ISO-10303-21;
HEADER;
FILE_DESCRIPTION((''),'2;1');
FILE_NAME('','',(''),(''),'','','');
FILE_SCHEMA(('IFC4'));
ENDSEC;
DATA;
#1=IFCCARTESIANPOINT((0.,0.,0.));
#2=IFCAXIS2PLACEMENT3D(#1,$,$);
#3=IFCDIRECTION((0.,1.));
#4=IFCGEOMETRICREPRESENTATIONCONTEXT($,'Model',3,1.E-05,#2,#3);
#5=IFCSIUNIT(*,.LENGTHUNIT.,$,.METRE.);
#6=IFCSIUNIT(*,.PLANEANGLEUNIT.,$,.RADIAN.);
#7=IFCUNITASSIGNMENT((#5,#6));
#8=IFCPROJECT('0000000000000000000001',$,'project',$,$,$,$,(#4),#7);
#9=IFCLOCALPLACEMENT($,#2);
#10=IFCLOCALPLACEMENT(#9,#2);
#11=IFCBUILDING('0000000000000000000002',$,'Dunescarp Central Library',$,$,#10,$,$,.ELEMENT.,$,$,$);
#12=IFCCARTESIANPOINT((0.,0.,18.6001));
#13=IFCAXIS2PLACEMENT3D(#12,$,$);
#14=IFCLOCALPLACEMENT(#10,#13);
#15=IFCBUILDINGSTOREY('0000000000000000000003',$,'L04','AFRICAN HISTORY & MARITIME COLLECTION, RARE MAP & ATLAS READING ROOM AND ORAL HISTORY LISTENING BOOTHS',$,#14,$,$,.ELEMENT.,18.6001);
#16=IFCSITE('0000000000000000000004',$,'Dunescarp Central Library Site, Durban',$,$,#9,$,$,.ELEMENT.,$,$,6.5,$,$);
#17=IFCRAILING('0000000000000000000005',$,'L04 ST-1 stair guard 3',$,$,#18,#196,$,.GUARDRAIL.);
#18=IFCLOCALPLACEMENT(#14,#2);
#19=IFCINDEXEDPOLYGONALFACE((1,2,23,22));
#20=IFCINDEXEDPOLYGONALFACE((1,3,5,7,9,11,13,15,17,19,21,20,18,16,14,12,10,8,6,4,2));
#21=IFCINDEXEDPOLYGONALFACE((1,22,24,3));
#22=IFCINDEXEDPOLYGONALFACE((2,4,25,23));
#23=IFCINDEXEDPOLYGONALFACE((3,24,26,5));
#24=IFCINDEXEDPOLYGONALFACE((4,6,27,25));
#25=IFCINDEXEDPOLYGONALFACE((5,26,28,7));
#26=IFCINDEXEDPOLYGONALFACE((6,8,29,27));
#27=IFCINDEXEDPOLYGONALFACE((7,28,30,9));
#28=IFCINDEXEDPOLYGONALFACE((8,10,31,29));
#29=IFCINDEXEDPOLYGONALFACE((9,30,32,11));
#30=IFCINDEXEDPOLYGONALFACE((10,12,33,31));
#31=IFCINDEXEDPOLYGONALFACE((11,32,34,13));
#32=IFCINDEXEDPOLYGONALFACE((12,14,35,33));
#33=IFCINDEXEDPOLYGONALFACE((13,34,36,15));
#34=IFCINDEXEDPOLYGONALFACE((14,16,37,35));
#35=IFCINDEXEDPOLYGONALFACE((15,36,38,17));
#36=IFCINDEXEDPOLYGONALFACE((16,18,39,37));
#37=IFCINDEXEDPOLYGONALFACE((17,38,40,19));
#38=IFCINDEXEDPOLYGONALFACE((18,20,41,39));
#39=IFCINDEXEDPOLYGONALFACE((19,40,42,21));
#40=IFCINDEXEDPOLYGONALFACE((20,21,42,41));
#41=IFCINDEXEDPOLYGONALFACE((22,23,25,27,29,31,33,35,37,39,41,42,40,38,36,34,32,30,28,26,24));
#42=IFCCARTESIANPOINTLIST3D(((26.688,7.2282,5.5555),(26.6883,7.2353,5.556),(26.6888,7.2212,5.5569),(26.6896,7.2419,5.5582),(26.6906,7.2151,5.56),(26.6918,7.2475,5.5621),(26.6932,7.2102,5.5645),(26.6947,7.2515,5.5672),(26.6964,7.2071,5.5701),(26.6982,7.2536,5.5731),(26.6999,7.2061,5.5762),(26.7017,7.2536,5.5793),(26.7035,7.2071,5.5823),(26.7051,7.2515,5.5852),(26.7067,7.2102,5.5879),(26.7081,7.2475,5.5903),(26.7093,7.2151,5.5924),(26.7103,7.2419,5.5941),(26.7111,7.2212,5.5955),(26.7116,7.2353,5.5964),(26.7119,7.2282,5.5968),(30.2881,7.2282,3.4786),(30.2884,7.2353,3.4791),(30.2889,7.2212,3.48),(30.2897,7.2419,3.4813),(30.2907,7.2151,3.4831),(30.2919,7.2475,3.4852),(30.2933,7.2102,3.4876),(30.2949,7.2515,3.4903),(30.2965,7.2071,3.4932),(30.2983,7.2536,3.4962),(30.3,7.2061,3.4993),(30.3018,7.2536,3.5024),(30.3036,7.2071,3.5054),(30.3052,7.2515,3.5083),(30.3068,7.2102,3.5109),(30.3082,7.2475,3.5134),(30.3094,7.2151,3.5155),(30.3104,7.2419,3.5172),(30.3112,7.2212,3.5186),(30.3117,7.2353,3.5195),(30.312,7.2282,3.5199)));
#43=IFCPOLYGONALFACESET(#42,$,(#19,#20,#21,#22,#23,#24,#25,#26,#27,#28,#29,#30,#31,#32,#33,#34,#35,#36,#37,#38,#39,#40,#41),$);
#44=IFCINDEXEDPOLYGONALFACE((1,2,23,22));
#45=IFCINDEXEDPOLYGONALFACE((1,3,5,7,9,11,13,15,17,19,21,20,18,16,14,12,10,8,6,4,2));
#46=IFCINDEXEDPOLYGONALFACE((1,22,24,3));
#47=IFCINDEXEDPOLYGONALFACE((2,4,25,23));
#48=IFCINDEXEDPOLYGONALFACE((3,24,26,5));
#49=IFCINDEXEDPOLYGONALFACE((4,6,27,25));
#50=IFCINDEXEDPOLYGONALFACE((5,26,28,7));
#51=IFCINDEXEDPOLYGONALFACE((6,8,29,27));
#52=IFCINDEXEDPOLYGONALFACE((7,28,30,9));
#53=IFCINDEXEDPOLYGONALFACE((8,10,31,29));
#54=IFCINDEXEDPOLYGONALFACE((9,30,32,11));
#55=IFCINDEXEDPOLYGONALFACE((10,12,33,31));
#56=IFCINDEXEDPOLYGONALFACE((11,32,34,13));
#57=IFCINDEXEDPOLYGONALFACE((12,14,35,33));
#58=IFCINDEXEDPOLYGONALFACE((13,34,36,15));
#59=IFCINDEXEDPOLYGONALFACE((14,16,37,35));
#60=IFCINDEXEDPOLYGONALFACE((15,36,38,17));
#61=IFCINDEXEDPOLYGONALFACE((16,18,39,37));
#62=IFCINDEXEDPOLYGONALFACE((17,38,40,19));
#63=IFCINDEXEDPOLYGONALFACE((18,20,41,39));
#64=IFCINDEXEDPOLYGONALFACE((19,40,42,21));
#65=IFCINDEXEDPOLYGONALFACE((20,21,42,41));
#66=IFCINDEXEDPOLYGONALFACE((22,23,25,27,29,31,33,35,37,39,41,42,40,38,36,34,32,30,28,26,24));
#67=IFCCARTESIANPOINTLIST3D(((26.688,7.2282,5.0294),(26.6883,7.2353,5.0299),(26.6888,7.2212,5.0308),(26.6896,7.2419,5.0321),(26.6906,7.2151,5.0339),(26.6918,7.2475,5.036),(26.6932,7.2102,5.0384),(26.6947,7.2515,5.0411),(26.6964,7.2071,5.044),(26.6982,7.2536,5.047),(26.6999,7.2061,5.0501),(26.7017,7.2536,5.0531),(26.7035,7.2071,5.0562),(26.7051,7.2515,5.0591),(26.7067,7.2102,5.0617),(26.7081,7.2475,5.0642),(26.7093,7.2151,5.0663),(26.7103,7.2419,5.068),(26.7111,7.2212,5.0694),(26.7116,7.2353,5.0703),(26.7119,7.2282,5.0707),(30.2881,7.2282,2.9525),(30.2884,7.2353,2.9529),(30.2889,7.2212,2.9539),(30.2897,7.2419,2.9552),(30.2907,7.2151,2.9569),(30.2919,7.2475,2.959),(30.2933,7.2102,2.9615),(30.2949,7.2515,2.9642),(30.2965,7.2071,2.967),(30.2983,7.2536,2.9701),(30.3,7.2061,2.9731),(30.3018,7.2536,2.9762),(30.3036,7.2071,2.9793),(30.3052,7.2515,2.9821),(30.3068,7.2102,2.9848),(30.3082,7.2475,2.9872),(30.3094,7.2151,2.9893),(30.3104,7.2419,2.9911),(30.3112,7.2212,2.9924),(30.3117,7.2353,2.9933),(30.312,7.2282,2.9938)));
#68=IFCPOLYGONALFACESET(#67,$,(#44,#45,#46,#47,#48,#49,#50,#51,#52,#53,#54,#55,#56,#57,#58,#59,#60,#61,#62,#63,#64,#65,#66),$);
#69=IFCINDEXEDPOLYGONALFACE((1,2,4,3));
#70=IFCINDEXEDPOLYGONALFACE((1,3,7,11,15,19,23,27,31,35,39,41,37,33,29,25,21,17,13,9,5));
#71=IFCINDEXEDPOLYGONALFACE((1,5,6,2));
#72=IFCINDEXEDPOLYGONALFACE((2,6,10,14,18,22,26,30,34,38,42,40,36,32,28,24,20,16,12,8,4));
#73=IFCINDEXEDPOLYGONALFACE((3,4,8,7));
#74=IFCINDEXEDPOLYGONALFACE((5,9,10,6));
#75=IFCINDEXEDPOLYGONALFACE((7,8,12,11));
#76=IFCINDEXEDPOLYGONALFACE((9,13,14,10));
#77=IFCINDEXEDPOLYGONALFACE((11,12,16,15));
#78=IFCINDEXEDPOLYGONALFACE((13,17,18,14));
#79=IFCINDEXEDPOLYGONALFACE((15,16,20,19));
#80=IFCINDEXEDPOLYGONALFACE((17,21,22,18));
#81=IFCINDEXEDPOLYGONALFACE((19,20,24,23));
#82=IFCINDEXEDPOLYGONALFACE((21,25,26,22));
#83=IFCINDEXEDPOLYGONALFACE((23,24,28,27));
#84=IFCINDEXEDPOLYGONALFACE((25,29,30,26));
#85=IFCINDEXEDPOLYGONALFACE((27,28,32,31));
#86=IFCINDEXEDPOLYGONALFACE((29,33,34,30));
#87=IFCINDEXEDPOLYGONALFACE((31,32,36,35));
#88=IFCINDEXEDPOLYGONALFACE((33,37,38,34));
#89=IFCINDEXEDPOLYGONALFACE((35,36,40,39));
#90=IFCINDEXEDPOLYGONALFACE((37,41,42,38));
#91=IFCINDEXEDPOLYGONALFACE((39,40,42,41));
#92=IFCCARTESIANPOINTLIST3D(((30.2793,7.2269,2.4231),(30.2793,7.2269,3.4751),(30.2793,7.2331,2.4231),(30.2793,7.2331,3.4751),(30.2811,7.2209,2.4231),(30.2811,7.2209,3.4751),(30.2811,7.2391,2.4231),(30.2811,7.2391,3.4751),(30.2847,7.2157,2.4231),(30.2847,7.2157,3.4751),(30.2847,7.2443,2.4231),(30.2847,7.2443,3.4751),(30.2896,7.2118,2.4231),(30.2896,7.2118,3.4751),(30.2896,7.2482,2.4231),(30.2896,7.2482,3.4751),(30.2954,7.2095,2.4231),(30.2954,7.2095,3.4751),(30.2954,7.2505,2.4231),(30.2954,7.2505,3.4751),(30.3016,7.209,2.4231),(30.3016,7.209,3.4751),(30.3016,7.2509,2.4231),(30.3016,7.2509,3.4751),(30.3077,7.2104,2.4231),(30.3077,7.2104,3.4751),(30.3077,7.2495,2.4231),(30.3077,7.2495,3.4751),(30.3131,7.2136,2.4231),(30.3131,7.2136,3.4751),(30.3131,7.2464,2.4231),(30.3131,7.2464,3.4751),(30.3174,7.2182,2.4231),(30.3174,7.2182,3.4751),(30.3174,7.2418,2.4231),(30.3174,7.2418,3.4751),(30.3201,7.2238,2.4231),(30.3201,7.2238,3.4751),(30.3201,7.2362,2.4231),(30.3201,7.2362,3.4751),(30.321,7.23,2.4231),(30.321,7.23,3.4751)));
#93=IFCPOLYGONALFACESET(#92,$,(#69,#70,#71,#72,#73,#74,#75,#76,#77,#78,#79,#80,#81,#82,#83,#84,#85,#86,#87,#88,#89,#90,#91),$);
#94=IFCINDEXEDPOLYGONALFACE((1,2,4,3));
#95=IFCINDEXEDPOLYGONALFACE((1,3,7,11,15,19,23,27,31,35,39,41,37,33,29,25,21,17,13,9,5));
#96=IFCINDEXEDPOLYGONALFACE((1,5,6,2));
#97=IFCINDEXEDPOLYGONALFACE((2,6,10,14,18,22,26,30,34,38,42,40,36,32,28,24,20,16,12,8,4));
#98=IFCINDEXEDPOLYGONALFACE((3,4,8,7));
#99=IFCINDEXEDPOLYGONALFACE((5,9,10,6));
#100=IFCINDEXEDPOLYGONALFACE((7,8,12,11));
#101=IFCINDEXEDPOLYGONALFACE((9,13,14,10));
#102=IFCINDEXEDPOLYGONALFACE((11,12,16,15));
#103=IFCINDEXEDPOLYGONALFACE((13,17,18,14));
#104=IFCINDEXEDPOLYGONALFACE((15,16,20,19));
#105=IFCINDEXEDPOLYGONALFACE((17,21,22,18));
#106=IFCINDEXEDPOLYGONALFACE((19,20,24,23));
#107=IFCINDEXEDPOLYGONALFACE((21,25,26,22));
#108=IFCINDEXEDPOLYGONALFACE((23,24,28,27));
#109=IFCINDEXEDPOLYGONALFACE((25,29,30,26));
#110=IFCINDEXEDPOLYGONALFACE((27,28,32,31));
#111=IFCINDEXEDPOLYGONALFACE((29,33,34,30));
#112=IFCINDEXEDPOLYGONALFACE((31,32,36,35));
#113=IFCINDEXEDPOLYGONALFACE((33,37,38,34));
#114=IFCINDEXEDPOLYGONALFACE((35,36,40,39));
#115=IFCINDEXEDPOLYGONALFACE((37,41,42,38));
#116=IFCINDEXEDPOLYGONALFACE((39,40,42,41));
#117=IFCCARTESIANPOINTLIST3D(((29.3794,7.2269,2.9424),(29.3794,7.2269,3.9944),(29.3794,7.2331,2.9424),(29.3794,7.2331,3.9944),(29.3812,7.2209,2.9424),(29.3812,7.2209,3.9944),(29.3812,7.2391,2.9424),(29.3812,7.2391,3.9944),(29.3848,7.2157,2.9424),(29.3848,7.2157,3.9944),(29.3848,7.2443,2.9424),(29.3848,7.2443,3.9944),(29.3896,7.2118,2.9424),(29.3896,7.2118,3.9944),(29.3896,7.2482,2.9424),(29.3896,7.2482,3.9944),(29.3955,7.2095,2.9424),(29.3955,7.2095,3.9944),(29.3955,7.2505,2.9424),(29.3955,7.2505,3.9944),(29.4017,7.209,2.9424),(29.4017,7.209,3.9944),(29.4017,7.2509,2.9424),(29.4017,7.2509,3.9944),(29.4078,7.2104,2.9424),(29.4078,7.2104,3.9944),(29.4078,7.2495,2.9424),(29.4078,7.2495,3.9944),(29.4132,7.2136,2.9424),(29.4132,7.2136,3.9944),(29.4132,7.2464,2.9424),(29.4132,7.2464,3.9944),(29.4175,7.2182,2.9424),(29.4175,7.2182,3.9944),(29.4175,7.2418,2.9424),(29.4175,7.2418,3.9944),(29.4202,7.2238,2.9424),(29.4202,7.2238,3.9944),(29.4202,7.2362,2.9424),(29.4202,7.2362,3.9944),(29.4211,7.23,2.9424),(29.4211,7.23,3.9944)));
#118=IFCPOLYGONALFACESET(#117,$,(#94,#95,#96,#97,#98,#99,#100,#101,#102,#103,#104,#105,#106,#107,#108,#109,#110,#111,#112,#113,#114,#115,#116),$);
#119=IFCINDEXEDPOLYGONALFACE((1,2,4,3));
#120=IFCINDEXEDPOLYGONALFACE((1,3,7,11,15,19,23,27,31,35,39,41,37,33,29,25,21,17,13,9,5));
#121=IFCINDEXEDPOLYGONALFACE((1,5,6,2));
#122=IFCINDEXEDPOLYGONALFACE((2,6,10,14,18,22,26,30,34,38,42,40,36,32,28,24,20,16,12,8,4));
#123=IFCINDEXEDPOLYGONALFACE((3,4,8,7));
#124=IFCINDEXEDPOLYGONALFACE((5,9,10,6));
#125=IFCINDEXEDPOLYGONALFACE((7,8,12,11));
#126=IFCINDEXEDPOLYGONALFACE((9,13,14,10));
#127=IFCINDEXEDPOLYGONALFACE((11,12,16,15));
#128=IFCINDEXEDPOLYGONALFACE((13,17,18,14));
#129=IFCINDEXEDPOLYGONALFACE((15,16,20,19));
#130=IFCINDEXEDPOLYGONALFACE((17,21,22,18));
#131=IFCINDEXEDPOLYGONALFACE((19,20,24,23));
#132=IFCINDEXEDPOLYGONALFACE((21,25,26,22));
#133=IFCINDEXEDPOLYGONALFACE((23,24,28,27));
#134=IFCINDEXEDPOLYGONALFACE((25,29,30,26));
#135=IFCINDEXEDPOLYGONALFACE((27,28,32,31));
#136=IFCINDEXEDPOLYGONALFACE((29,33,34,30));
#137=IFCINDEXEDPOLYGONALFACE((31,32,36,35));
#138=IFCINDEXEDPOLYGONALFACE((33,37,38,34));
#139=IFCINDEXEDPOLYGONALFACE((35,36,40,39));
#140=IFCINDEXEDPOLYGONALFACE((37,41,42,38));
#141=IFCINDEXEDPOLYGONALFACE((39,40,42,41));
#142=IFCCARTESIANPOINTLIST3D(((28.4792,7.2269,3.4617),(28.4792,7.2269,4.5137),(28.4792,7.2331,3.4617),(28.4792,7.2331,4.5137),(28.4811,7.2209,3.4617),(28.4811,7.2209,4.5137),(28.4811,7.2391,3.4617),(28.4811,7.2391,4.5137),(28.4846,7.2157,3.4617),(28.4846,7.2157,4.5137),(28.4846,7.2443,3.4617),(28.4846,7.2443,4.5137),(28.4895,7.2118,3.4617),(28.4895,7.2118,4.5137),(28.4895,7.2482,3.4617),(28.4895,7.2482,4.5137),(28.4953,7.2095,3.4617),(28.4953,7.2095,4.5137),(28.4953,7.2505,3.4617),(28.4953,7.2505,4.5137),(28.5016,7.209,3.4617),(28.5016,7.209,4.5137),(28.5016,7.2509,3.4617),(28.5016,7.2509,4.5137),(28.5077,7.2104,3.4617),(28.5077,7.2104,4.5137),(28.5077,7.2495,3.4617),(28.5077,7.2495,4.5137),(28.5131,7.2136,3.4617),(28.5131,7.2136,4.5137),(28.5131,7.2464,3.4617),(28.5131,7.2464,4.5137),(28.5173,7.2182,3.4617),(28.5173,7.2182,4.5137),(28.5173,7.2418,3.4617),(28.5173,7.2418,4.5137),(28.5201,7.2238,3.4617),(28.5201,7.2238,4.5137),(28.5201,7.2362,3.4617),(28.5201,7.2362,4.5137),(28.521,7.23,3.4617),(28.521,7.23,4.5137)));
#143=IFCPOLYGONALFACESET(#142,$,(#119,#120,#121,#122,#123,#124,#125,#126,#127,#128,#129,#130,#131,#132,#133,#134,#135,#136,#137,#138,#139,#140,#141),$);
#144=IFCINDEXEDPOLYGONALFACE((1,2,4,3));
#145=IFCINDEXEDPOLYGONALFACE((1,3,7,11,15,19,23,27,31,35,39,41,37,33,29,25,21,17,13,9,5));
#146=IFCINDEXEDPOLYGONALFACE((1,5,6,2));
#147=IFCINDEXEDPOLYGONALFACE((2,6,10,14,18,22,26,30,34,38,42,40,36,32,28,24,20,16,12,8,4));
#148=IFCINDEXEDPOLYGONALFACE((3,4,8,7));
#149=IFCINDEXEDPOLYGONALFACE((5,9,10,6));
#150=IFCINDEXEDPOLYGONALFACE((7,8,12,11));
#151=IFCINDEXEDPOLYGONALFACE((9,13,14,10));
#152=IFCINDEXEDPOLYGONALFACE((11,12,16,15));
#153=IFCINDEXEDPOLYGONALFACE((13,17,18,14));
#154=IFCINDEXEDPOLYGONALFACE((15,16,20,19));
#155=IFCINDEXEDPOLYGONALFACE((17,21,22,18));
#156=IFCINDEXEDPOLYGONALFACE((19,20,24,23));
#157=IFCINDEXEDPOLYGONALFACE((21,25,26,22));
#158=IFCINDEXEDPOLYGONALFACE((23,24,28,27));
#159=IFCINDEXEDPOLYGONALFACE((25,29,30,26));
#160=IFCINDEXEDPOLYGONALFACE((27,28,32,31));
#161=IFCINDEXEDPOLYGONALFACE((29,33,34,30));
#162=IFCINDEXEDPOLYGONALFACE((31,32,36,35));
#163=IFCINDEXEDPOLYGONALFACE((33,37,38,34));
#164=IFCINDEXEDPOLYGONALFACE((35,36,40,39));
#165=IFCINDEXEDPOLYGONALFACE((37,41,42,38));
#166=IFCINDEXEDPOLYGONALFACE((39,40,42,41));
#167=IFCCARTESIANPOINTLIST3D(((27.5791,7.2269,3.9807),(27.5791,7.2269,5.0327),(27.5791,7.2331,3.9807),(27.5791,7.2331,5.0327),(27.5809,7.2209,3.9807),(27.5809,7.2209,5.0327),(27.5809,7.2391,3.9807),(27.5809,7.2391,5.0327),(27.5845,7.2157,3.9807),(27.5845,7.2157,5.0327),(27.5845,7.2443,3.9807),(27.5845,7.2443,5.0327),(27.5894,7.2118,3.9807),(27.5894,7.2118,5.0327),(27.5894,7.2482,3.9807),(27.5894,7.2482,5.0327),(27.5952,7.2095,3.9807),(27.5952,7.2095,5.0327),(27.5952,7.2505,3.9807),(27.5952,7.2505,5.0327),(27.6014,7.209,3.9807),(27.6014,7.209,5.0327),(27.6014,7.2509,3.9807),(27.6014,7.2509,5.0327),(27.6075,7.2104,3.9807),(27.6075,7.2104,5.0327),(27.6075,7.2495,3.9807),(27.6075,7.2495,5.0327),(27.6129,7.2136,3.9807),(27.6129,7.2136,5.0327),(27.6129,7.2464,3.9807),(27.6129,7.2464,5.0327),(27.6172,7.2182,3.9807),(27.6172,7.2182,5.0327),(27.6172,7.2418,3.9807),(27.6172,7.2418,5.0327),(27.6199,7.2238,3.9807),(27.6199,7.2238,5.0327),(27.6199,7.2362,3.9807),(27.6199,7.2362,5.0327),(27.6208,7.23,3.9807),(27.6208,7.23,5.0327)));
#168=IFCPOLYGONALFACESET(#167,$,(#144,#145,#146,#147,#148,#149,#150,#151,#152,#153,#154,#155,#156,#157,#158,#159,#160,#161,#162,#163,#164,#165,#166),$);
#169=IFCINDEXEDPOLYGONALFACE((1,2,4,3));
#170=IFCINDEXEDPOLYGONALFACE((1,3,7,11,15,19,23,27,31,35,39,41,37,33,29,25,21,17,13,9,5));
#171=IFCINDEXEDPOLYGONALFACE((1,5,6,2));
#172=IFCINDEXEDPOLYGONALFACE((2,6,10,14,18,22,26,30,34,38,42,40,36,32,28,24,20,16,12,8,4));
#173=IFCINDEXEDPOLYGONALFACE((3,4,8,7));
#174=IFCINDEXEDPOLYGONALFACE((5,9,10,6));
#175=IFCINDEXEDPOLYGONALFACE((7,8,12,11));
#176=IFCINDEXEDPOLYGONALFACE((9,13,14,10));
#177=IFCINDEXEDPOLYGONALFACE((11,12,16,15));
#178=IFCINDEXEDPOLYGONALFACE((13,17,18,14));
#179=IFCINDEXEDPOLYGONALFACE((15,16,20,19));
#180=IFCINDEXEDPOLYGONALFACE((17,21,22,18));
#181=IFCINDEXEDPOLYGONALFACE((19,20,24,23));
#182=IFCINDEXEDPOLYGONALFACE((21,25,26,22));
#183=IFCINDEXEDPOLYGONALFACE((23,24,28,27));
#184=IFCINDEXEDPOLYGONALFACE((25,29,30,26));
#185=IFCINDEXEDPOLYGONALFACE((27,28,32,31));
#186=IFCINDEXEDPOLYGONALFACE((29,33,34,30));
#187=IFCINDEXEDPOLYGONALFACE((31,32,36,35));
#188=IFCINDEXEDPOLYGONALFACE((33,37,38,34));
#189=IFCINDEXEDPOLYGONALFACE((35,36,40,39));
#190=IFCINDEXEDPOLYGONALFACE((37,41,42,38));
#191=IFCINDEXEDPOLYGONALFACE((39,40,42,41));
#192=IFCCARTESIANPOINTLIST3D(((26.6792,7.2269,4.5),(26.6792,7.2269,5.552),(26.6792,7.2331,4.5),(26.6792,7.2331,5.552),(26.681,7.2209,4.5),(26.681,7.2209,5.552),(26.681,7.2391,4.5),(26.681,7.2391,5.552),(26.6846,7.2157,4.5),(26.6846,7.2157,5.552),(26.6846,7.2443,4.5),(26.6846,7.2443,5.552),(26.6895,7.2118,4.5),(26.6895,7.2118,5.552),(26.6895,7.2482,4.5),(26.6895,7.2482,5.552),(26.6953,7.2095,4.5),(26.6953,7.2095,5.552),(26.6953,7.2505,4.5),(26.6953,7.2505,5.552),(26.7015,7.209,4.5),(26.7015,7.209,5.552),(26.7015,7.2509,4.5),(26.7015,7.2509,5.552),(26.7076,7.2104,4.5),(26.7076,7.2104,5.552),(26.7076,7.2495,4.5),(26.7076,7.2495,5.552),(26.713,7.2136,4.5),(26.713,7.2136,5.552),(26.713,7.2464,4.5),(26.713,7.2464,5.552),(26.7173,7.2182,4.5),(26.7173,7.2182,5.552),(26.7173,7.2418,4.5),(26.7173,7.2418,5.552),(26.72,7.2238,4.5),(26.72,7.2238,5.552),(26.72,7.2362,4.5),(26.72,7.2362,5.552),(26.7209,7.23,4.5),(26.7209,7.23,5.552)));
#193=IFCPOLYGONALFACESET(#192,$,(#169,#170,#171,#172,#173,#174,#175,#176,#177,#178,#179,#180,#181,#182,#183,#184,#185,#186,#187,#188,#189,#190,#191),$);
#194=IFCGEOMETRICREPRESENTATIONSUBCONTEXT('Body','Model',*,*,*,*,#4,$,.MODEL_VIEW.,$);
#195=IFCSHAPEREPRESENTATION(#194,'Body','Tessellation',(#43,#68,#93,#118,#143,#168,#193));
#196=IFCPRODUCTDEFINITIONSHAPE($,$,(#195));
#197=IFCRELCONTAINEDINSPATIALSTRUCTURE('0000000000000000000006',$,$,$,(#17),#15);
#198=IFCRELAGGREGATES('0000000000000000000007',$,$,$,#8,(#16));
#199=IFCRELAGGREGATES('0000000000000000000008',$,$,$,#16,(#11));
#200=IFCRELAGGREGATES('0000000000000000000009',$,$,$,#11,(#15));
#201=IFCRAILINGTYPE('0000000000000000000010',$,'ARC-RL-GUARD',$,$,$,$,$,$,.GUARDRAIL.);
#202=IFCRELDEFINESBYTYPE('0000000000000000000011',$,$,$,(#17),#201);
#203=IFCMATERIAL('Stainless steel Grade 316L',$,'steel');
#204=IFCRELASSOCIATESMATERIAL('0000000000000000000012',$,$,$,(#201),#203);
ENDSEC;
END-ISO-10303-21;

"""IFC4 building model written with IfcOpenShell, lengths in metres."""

from ifc_helpers import new_model, si_unit, direction, frame, origin, origin_2d, place, context, subcontext, project, spatial, circle, extrude, material, type_object, element, save


model = new_model("IFC4")

# Units and contexts
model_context = context("Model", 3, precision=1e-05, world=origin(), true_north=direction((0.0, 1.0)))
body_context = subcontext(model_context, "Body", "Model", "MODEL_VIEW")
ifc_project = project(units=[si_unit("LENGTHUNIT", "METRE"), si_unit("PLANEANGLEUNIT", "RADIAN")], contexts=[model_context])

# Site, building, storey
site_placement = place(None, origin())
site = spatial("IfcSite", under=ifc_project, at=site_placement, Name="Dunescarp Central Library Site, Durban", CompositionType="ELEMENT", RefElevation=6.5)
building_placement = place(site_placement, origin())
building = spatial("IfcBuilding", under=site, at=building_placement, Name="Dunescarp Central Library", CompositionType="ELEMENT")
storey_placement = place(building_placement, frame((0.0, 0.0, 18.6001)))
storey = spatial("IfcBuildingStorey", under=building, at=storey_placement, Name="L04", Description="AFRICAN HISTORY & MARITIME COLLECTION, RARE MAP & ATLAS READING ROOM AND ORAL HISTORY LISTENING BOOTHS", CompositionType="ELEMENT", Elevation=18.6001)

# Railing
ifc_material_1 = material(Name="Stainless steel Grade 316L", Category="steel")
railing_type_1 = type_object("IfcRailingType", Name="ARC-RL-GUARD", PredefinedType="GUARDRAIL", material=ifc_material_1)
railing_1_placement = place(storey_placement, frame((30.3, 7.23, 2.4231)))
element("IfcRailing", 1, at=railing_1_placement, inside=storey, type_object=railing_type_1, Name="L04 ST-1 stair guard 3", PredefinedType="GUARDRAIL", context=body_context, shape_type="SweptSolid", body=[
    extrude(circle(Radius=0.0239, at=origin_2d()), frame((0.0, 0.0, 1.0762), z_axis=(-0.866193, 0.0, 0.499709), x_axis=(0.0, -1.0, 0.0)), (0.0, 0.0, 1.0), 4.1562),
    extrude(circle(Radius=0.0239, at=origin_2d()), frame((0.0, 0.0, 0.55), z_axis=(-0.866193, 0.0, 0.499709), x_axis=(0.0, -1.0, 0.0)), (0.0, 0.0, 1.0), 4.1562),
    extrude(circle(Radius=0.021, at=origin_2d()), origin(), (0.0, 0.0, 1.0), 1.052),
    extrude(circle(Radius=0.021, at=origin_2d()), frame((-0.8999, 0.0, 0.5193)), (0.0, 0.0, 1.0), 1.052),
    extrude(circle(Radius=0.021, at=origin_2d()), frame((-1.8, 0.0, 1.0386)), (0.0, 0.0, 1.0), 1.052),
    extrude(circle(Radius=0.021, at=origin_2d()), frame((-2.7002, 0.0, 1.5576)), (0.0, 0.0, 1.0), 1.052),
    extrude(circle(Radius=0.021, at=origin_2d()), frame((-3.6001, 0.0, 2.0769)), (0.0, 0.0, 1.0), 1.052),
])

save(model, "model.ifc")
